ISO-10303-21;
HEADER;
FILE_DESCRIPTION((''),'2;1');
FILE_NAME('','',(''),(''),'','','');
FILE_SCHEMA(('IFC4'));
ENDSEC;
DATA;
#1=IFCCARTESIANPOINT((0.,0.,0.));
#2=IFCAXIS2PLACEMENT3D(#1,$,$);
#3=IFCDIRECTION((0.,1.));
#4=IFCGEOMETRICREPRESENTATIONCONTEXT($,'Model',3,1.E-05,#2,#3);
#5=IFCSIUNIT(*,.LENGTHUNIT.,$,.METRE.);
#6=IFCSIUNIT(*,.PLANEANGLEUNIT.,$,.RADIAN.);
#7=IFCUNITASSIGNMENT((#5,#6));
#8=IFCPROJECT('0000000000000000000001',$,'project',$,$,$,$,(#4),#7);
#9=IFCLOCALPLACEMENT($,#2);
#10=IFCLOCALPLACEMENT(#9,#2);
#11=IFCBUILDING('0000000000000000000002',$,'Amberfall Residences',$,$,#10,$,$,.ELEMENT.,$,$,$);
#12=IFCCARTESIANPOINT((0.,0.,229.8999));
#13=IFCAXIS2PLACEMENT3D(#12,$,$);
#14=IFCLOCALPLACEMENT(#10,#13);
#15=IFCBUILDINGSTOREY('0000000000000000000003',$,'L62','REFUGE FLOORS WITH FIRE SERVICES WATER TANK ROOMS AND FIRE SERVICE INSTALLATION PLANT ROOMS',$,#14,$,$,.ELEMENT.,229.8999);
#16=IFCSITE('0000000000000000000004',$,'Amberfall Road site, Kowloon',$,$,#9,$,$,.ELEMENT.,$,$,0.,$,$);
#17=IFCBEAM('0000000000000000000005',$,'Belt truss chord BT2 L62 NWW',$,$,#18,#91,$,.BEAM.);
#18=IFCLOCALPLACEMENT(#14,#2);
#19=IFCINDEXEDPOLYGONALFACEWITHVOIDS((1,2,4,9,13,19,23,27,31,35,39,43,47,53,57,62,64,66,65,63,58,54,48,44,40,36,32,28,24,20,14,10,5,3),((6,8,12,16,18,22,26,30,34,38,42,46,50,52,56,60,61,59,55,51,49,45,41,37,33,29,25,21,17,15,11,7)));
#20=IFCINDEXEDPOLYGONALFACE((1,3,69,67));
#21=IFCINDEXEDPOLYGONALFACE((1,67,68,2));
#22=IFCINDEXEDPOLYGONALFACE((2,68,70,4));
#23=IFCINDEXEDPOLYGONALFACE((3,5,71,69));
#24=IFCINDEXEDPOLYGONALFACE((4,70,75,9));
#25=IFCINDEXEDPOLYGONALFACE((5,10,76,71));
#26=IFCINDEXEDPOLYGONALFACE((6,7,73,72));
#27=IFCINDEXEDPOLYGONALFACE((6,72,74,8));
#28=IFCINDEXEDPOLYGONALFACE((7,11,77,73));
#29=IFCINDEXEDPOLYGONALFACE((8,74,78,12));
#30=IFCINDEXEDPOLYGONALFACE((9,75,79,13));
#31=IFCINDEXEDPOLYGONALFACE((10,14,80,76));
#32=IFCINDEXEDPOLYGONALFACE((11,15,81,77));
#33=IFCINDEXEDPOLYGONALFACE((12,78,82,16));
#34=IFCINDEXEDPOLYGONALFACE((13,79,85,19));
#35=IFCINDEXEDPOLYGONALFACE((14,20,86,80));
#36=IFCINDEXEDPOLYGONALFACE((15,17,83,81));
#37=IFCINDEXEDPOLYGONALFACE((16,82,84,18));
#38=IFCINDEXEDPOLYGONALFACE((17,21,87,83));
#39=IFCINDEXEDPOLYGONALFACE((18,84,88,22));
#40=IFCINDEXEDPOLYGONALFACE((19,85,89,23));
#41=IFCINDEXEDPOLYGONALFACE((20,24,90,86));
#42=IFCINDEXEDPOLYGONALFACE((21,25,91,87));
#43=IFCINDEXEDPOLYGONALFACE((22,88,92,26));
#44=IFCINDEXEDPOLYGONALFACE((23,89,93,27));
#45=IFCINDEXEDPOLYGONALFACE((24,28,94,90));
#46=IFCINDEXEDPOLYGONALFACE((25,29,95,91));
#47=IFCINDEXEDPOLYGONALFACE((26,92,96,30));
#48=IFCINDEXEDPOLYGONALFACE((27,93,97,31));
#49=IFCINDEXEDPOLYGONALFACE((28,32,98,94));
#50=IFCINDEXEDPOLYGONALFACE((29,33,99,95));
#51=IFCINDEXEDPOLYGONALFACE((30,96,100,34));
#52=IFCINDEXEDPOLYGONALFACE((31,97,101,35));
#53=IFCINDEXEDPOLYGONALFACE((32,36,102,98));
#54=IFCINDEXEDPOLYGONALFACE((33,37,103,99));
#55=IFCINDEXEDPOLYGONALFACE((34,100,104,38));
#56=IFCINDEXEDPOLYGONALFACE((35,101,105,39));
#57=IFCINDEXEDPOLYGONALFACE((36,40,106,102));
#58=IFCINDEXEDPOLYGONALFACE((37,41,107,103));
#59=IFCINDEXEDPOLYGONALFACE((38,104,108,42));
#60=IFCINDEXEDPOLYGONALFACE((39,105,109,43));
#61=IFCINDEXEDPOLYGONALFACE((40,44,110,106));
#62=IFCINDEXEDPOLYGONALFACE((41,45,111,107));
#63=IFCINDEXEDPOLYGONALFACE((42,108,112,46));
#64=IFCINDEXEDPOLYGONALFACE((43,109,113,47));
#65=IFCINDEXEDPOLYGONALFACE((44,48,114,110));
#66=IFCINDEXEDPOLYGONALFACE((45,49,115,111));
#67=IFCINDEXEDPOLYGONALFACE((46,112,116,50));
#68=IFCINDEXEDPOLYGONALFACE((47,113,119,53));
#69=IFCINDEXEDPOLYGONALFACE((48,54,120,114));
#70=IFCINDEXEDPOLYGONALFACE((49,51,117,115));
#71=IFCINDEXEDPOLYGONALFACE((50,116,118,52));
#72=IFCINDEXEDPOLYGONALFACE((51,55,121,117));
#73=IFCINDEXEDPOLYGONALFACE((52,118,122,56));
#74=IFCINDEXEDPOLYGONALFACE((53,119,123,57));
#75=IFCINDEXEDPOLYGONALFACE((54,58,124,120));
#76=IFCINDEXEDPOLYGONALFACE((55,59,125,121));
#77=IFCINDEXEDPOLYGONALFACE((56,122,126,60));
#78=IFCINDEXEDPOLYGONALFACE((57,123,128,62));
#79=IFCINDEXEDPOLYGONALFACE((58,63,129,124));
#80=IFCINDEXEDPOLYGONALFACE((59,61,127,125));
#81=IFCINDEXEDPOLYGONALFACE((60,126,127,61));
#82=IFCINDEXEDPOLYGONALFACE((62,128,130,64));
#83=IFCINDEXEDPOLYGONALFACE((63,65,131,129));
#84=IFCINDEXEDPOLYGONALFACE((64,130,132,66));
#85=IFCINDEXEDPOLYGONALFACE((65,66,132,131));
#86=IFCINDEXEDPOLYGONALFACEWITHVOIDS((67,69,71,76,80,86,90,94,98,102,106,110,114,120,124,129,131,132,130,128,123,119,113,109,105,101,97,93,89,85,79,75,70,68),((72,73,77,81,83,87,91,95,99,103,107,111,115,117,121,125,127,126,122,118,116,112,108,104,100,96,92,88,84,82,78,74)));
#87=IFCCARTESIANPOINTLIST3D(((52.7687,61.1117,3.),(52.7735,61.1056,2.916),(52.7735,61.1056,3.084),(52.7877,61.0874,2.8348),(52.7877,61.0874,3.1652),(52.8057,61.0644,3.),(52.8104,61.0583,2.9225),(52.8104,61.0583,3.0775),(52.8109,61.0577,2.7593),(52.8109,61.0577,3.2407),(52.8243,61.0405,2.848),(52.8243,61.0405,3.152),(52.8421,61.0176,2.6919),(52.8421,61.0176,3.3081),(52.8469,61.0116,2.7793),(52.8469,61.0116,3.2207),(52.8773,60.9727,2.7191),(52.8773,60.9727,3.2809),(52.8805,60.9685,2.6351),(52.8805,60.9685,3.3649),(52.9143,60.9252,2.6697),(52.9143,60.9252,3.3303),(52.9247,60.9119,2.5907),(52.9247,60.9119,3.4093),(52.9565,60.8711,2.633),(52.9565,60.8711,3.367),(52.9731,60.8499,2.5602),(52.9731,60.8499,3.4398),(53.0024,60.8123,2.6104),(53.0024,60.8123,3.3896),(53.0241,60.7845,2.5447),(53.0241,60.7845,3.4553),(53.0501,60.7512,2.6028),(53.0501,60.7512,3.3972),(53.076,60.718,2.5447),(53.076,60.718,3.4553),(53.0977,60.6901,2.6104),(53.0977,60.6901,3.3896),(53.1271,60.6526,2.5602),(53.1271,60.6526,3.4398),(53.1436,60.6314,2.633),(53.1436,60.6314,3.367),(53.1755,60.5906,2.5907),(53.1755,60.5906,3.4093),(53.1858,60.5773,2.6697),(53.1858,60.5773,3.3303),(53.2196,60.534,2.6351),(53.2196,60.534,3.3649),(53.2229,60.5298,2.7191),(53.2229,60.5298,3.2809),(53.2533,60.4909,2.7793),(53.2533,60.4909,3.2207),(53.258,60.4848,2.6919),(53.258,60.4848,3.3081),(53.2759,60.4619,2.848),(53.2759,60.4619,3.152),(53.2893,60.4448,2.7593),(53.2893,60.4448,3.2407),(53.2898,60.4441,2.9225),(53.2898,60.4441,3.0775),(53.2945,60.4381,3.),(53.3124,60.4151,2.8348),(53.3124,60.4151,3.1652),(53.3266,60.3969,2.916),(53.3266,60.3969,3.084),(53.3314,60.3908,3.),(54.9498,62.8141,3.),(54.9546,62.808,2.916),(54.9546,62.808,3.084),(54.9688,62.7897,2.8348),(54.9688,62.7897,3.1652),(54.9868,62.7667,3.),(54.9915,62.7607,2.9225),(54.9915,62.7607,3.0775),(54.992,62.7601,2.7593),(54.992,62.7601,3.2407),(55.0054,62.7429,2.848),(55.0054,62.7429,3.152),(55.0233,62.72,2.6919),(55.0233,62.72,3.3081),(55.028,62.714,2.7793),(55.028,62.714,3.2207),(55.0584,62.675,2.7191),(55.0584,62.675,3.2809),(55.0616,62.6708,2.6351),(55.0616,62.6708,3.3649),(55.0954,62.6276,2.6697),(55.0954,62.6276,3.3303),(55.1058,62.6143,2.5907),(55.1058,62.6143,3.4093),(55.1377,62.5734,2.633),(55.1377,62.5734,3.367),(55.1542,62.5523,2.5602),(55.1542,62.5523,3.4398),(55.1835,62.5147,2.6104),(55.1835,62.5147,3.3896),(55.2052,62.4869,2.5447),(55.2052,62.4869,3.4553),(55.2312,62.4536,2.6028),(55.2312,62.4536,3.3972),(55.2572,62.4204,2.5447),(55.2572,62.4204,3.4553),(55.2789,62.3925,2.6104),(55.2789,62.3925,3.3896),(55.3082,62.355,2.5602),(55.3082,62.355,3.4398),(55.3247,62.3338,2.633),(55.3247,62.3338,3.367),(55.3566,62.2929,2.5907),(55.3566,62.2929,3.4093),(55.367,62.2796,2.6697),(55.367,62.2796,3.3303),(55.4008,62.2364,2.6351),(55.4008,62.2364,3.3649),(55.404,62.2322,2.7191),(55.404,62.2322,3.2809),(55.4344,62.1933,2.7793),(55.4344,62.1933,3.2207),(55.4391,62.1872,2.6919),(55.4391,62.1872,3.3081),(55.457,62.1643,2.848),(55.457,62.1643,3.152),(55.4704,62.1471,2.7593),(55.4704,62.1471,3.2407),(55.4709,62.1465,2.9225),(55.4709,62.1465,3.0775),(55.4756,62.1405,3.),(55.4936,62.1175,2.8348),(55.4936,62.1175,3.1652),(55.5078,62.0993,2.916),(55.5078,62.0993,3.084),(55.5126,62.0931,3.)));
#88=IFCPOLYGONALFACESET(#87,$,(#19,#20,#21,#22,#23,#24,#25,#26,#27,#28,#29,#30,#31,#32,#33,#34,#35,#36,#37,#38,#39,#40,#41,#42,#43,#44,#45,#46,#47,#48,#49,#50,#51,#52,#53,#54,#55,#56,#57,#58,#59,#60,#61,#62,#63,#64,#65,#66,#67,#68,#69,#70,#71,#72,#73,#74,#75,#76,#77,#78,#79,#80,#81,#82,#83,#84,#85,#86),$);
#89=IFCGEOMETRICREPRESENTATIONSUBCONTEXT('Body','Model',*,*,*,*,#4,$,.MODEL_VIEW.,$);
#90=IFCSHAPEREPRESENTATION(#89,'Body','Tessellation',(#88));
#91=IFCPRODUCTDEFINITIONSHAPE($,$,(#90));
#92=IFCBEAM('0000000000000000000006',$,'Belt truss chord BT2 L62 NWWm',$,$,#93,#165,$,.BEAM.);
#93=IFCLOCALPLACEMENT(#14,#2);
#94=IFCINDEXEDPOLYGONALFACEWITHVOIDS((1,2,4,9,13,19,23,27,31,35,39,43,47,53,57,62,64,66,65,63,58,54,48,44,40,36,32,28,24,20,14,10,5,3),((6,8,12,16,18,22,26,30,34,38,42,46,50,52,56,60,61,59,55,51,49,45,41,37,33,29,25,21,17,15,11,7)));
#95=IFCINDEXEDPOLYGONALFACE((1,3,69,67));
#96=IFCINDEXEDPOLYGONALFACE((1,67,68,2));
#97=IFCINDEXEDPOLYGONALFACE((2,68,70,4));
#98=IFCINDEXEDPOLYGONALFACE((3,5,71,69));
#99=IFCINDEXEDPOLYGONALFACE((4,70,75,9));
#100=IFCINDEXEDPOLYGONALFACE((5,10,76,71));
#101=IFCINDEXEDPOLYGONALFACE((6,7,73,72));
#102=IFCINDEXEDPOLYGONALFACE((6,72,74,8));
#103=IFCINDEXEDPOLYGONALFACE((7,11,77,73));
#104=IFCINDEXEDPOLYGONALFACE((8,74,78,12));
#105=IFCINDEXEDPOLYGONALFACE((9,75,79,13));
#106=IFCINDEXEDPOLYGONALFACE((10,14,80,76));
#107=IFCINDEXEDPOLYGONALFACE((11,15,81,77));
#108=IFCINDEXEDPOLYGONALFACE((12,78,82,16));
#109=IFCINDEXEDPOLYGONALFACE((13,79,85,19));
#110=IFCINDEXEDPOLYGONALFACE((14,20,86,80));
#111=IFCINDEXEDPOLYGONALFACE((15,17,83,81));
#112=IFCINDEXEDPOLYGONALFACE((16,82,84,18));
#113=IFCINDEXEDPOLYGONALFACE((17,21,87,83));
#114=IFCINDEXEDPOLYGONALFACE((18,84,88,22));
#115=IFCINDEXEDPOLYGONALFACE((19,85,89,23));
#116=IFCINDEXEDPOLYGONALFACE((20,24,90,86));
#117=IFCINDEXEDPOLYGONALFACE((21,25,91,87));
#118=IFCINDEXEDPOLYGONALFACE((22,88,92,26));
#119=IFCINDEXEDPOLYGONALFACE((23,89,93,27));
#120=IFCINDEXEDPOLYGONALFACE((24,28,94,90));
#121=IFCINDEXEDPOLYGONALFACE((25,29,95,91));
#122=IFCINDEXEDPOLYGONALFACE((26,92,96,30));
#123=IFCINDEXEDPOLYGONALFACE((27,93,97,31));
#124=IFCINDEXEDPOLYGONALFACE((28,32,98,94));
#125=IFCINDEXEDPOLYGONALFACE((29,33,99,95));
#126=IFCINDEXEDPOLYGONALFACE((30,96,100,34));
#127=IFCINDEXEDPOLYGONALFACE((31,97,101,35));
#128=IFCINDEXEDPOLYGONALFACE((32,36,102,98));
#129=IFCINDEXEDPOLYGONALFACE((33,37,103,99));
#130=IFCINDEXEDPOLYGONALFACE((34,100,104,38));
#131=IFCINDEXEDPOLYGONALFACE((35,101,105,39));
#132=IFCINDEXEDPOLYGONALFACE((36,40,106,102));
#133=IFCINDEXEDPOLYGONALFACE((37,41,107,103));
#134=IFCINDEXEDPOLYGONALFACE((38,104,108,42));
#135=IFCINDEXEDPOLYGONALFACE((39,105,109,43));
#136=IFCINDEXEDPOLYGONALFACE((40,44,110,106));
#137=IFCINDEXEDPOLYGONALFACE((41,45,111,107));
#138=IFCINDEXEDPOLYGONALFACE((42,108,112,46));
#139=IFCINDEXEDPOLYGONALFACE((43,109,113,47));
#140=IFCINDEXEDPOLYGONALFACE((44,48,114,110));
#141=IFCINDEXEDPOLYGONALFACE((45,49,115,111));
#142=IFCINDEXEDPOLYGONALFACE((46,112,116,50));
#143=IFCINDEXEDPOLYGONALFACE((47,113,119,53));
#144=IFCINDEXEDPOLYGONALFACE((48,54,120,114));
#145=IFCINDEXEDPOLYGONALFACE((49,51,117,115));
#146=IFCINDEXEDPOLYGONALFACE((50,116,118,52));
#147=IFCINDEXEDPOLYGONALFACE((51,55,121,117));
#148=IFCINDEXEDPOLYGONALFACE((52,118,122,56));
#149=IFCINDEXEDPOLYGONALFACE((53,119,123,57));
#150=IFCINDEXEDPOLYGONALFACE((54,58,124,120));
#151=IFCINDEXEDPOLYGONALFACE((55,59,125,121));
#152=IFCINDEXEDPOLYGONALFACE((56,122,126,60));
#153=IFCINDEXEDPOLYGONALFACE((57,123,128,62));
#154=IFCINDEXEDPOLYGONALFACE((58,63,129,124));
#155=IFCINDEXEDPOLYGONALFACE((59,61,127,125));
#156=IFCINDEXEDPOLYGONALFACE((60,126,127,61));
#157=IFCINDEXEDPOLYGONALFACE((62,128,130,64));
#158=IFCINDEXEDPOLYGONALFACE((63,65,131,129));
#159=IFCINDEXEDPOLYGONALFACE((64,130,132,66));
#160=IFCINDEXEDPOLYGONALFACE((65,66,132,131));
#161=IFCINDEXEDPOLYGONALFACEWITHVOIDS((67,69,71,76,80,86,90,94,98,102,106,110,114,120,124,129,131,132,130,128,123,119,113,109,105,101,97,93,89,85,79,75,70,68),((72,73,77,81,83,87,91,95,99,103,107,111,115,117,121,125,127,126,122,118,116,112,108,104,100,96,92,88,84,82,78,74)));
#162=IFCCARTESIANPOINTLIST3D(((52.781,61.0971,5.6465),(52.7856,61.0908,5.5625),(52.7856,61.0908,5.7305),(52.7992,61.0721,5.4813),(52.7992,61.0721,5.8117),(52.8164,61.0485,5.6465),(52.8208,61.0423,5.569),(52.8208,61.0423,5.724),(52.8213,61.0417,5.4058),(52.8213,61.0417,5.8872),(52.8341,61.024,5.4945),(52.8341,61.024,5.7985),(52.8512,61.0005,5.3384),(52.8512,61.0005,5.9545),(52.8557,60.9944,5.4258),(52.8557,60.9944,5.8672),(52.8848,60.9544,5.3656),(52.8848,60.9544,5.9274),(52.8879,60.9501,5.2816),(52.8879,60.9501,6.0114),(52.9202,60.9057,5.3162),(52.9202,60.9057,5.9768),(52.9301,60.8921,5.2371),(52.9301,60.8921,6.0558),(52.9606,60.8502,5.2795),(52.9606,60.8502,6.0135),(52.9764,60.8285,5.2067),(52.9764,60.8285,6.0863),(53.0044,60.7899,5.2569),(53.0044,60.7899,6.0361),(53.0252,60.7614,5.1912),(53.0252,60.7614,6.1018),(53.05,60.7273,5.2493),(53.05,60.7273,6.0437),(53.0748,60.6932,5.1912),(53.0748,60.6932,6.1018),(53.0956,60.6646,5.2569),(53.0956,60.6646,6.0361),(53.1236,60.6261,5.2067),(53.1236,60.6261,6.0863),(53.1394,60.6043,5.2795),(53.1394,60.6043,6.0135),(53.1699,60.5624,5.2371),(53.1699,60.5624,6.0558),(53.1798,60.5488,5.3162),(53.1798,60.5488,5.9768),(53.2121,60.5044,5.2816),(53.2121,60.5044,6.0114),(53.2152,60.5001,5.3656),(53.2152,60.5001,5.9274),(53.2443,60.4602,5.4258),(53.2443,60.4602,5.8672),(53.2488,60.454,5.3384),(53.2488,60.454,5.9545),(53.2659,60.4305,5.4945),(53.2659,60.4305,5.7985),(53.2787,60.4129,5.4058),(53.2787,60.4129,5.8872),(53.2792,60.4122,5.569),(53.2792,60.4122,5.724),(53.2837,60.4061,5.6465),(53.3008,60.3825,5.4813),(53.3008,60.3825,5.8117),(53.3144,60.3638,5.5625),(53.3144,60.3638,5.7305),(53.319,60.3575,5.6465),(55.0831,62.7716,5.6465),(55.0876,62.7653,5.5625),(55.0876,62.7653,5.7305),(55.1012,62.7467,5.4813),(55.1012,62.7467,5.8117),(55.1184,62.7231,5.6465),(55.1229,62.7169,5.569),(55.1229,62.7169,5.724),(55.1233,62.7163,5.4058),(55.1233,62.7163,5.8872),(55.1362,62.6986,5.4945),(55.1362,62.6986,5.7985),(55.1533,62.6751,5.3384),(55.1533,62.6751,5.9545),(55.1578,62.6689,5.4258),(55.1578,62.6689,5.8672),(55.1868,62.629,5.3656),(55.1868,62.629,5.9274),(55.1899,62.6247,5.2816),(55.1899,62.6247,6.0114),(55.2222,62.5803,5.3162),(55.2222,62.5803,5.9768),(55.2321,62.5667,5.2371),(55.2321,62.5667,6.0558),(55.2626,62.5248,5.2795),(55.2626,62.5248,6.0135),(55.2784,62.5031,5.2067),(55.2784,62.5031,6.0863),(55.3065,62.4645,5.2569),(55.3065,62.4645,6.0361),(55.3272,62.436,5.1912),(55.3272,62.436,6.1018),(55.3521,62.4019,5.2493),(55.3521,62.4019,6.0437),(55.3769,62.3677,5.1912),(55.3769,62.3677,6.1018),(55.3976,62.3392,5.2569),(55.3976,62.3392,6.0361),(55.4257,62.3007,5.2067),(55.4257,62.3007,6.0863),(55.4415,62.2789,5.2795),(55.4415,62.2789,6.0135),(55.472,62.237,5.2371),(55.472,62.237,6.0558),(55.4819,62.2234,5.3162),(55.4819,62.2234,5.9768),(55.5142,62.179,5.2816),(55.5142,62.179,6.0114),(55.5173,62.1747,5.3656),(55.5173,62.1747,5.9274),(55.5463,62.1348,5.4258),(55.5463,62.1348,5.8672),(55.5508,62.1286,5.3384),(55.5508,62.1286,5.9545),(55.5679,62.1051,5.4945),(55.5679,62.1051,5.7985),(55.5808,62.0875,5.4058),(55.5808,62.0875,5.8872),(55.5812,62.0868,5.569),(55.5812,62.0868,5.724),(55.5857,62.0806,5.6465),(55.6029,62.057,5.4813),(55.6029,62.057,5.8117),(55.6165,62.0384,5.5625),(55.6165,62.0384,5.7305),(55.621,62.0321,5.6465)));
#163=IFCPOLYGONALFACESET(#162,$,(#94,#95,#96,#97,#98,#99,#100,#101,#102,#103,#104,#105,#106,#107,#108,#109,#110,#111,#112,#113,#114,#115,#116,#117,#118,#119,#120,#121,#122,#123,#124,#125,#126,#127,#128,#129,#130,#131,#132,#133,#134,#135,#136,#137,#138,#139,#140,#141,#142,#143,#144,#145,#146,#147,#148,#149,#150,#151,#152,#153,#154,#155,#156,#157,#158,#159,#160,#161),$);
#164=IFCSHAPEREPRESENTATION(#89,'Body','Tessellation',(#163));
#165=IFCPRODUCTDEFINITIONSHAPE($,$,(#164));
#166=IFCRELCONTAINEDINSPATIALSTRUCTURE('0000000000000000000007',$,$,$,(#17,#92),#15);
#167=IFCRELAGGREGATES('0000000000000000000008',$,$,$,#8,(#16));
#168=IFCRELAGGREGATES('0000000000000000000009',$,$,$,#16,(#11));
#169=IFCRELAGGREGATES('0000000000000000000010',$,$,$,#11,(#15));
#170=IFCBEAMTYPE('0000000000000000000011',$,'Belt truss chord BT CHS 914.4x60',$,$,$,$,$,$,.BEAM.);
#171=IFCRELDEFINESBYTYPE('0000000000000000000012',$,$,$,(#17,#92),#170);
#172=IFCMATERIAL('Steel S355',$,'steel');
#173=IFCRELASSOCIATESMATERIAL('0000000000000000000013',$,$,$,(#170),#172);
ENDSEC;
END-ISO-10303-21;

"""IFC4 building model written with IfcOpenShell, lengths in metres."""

from ifc_helpers import new_model, si_unit, direction, frame, origin, origin_2d, place, context, subcontext, project, spatial, hollow_circle, extrude, material, material_profile, profile_set, type_object, element, save


model = new_model("IFC4")

# Units and contexts
model_context = context("Model", 3, precision=1e-05, world=origin(), true_north=direction((0.0, 1.0)))
body_context = subcontext(model_context, "Body", "Model", "MODEL_VIEW")
ifc_project = project(units=[si_unit("LENGTHUNIT", "METRE"), si_unit("PLANEANGLEUNIT", "RADIAN")], contexts=[model_context])

# Site, building, storey
site_placement = place(None, origin())
site = spatial("IfcSite", under=ifc_project, at=site_placement, Name="Amberfall Road site, Kowloon", CompositionType="ELEMENT", RefElevation=0.0)
building_placement = place(site_placement, origin())
building = spatial("IfcBuilding", under=site, at=building_placement, Name="Amberfall Residences", CompositionType="ELEMENT")
storey_placement = place(building_placement, frame((0.0, 0.0, 229.8999)))
storey = spatial("IfcBuildingStorey", under=building, at=storey_placement, Name="L62", Description="REFUGE FLOORS WITH FIRE SERVICES WATER TANK ROOMS AND FIRE SERVICE INSTALLATION PLANT ROOMS", CompositionType="ELEMENT", Elevation=229.8999)

# Beams
ifc_material_1 = material(Name="Steel S355", Category="steel")
ifc_material_profile_1 = material_profile(ifc_material_1, hollow_circle(Radius=0.4573, WallThickness=0.0601, at=origin_2d()), Name="CHS 914.4x60")
ifc_profile_set_1 = profile_set([ifc_material_profile_1], Name="Steel S355")
beam_type_1 = type_object("IfcBeamType", Name="Belt truss chord BT CHS 914.4x60", PredefinedType="BEAM", material=ifc_profile_set_1)
beam_1_placement = place(storey_placement, frame((55.2312, 62.4536, 3.0), z_axis=(-0.788311, -0.615278, 0.0), x_axis=(0.615278, -0.788311, 0.0)))
element("IfcBeam", 1, at=beam_1_placement, inside=storey, type_object=beam_type_1, Name="Belt truss chord BT2 L62 NWW", PredefinedType="BEAM", context=body_context, shape_type="SweptSolid", body=[
    extrude(hollow_circle(Radius=0.4573, WallThickness=0.0601, at=origin_2d()), origin(), (0.0, 0.0, 1.0), 2.7668),
])
beam_2_placement = place(storey_placement, frame((55.3521, 62.4019, 5.6465), z_axis=(-0.808673, -0.588258, 0.0), x_axis=(0.588258, -0.808673, 0.0)))
element("IfcBeam", 2, at=beam_2_placement, inside=storey, type_object=beam_type_1, Name="Belt truss chord BT2 L62 NWWm", PredefinedType="BEAM", context=body_context, shape_type="SweptSolid", body=[
    extrude(hollow_circle(Radius=0.4573, WallThickness=0.0601, at=origin_2d()), origin(), (0.0, 0.0, 1.0), 2.8467),
])

save(model, "model.ifc")
